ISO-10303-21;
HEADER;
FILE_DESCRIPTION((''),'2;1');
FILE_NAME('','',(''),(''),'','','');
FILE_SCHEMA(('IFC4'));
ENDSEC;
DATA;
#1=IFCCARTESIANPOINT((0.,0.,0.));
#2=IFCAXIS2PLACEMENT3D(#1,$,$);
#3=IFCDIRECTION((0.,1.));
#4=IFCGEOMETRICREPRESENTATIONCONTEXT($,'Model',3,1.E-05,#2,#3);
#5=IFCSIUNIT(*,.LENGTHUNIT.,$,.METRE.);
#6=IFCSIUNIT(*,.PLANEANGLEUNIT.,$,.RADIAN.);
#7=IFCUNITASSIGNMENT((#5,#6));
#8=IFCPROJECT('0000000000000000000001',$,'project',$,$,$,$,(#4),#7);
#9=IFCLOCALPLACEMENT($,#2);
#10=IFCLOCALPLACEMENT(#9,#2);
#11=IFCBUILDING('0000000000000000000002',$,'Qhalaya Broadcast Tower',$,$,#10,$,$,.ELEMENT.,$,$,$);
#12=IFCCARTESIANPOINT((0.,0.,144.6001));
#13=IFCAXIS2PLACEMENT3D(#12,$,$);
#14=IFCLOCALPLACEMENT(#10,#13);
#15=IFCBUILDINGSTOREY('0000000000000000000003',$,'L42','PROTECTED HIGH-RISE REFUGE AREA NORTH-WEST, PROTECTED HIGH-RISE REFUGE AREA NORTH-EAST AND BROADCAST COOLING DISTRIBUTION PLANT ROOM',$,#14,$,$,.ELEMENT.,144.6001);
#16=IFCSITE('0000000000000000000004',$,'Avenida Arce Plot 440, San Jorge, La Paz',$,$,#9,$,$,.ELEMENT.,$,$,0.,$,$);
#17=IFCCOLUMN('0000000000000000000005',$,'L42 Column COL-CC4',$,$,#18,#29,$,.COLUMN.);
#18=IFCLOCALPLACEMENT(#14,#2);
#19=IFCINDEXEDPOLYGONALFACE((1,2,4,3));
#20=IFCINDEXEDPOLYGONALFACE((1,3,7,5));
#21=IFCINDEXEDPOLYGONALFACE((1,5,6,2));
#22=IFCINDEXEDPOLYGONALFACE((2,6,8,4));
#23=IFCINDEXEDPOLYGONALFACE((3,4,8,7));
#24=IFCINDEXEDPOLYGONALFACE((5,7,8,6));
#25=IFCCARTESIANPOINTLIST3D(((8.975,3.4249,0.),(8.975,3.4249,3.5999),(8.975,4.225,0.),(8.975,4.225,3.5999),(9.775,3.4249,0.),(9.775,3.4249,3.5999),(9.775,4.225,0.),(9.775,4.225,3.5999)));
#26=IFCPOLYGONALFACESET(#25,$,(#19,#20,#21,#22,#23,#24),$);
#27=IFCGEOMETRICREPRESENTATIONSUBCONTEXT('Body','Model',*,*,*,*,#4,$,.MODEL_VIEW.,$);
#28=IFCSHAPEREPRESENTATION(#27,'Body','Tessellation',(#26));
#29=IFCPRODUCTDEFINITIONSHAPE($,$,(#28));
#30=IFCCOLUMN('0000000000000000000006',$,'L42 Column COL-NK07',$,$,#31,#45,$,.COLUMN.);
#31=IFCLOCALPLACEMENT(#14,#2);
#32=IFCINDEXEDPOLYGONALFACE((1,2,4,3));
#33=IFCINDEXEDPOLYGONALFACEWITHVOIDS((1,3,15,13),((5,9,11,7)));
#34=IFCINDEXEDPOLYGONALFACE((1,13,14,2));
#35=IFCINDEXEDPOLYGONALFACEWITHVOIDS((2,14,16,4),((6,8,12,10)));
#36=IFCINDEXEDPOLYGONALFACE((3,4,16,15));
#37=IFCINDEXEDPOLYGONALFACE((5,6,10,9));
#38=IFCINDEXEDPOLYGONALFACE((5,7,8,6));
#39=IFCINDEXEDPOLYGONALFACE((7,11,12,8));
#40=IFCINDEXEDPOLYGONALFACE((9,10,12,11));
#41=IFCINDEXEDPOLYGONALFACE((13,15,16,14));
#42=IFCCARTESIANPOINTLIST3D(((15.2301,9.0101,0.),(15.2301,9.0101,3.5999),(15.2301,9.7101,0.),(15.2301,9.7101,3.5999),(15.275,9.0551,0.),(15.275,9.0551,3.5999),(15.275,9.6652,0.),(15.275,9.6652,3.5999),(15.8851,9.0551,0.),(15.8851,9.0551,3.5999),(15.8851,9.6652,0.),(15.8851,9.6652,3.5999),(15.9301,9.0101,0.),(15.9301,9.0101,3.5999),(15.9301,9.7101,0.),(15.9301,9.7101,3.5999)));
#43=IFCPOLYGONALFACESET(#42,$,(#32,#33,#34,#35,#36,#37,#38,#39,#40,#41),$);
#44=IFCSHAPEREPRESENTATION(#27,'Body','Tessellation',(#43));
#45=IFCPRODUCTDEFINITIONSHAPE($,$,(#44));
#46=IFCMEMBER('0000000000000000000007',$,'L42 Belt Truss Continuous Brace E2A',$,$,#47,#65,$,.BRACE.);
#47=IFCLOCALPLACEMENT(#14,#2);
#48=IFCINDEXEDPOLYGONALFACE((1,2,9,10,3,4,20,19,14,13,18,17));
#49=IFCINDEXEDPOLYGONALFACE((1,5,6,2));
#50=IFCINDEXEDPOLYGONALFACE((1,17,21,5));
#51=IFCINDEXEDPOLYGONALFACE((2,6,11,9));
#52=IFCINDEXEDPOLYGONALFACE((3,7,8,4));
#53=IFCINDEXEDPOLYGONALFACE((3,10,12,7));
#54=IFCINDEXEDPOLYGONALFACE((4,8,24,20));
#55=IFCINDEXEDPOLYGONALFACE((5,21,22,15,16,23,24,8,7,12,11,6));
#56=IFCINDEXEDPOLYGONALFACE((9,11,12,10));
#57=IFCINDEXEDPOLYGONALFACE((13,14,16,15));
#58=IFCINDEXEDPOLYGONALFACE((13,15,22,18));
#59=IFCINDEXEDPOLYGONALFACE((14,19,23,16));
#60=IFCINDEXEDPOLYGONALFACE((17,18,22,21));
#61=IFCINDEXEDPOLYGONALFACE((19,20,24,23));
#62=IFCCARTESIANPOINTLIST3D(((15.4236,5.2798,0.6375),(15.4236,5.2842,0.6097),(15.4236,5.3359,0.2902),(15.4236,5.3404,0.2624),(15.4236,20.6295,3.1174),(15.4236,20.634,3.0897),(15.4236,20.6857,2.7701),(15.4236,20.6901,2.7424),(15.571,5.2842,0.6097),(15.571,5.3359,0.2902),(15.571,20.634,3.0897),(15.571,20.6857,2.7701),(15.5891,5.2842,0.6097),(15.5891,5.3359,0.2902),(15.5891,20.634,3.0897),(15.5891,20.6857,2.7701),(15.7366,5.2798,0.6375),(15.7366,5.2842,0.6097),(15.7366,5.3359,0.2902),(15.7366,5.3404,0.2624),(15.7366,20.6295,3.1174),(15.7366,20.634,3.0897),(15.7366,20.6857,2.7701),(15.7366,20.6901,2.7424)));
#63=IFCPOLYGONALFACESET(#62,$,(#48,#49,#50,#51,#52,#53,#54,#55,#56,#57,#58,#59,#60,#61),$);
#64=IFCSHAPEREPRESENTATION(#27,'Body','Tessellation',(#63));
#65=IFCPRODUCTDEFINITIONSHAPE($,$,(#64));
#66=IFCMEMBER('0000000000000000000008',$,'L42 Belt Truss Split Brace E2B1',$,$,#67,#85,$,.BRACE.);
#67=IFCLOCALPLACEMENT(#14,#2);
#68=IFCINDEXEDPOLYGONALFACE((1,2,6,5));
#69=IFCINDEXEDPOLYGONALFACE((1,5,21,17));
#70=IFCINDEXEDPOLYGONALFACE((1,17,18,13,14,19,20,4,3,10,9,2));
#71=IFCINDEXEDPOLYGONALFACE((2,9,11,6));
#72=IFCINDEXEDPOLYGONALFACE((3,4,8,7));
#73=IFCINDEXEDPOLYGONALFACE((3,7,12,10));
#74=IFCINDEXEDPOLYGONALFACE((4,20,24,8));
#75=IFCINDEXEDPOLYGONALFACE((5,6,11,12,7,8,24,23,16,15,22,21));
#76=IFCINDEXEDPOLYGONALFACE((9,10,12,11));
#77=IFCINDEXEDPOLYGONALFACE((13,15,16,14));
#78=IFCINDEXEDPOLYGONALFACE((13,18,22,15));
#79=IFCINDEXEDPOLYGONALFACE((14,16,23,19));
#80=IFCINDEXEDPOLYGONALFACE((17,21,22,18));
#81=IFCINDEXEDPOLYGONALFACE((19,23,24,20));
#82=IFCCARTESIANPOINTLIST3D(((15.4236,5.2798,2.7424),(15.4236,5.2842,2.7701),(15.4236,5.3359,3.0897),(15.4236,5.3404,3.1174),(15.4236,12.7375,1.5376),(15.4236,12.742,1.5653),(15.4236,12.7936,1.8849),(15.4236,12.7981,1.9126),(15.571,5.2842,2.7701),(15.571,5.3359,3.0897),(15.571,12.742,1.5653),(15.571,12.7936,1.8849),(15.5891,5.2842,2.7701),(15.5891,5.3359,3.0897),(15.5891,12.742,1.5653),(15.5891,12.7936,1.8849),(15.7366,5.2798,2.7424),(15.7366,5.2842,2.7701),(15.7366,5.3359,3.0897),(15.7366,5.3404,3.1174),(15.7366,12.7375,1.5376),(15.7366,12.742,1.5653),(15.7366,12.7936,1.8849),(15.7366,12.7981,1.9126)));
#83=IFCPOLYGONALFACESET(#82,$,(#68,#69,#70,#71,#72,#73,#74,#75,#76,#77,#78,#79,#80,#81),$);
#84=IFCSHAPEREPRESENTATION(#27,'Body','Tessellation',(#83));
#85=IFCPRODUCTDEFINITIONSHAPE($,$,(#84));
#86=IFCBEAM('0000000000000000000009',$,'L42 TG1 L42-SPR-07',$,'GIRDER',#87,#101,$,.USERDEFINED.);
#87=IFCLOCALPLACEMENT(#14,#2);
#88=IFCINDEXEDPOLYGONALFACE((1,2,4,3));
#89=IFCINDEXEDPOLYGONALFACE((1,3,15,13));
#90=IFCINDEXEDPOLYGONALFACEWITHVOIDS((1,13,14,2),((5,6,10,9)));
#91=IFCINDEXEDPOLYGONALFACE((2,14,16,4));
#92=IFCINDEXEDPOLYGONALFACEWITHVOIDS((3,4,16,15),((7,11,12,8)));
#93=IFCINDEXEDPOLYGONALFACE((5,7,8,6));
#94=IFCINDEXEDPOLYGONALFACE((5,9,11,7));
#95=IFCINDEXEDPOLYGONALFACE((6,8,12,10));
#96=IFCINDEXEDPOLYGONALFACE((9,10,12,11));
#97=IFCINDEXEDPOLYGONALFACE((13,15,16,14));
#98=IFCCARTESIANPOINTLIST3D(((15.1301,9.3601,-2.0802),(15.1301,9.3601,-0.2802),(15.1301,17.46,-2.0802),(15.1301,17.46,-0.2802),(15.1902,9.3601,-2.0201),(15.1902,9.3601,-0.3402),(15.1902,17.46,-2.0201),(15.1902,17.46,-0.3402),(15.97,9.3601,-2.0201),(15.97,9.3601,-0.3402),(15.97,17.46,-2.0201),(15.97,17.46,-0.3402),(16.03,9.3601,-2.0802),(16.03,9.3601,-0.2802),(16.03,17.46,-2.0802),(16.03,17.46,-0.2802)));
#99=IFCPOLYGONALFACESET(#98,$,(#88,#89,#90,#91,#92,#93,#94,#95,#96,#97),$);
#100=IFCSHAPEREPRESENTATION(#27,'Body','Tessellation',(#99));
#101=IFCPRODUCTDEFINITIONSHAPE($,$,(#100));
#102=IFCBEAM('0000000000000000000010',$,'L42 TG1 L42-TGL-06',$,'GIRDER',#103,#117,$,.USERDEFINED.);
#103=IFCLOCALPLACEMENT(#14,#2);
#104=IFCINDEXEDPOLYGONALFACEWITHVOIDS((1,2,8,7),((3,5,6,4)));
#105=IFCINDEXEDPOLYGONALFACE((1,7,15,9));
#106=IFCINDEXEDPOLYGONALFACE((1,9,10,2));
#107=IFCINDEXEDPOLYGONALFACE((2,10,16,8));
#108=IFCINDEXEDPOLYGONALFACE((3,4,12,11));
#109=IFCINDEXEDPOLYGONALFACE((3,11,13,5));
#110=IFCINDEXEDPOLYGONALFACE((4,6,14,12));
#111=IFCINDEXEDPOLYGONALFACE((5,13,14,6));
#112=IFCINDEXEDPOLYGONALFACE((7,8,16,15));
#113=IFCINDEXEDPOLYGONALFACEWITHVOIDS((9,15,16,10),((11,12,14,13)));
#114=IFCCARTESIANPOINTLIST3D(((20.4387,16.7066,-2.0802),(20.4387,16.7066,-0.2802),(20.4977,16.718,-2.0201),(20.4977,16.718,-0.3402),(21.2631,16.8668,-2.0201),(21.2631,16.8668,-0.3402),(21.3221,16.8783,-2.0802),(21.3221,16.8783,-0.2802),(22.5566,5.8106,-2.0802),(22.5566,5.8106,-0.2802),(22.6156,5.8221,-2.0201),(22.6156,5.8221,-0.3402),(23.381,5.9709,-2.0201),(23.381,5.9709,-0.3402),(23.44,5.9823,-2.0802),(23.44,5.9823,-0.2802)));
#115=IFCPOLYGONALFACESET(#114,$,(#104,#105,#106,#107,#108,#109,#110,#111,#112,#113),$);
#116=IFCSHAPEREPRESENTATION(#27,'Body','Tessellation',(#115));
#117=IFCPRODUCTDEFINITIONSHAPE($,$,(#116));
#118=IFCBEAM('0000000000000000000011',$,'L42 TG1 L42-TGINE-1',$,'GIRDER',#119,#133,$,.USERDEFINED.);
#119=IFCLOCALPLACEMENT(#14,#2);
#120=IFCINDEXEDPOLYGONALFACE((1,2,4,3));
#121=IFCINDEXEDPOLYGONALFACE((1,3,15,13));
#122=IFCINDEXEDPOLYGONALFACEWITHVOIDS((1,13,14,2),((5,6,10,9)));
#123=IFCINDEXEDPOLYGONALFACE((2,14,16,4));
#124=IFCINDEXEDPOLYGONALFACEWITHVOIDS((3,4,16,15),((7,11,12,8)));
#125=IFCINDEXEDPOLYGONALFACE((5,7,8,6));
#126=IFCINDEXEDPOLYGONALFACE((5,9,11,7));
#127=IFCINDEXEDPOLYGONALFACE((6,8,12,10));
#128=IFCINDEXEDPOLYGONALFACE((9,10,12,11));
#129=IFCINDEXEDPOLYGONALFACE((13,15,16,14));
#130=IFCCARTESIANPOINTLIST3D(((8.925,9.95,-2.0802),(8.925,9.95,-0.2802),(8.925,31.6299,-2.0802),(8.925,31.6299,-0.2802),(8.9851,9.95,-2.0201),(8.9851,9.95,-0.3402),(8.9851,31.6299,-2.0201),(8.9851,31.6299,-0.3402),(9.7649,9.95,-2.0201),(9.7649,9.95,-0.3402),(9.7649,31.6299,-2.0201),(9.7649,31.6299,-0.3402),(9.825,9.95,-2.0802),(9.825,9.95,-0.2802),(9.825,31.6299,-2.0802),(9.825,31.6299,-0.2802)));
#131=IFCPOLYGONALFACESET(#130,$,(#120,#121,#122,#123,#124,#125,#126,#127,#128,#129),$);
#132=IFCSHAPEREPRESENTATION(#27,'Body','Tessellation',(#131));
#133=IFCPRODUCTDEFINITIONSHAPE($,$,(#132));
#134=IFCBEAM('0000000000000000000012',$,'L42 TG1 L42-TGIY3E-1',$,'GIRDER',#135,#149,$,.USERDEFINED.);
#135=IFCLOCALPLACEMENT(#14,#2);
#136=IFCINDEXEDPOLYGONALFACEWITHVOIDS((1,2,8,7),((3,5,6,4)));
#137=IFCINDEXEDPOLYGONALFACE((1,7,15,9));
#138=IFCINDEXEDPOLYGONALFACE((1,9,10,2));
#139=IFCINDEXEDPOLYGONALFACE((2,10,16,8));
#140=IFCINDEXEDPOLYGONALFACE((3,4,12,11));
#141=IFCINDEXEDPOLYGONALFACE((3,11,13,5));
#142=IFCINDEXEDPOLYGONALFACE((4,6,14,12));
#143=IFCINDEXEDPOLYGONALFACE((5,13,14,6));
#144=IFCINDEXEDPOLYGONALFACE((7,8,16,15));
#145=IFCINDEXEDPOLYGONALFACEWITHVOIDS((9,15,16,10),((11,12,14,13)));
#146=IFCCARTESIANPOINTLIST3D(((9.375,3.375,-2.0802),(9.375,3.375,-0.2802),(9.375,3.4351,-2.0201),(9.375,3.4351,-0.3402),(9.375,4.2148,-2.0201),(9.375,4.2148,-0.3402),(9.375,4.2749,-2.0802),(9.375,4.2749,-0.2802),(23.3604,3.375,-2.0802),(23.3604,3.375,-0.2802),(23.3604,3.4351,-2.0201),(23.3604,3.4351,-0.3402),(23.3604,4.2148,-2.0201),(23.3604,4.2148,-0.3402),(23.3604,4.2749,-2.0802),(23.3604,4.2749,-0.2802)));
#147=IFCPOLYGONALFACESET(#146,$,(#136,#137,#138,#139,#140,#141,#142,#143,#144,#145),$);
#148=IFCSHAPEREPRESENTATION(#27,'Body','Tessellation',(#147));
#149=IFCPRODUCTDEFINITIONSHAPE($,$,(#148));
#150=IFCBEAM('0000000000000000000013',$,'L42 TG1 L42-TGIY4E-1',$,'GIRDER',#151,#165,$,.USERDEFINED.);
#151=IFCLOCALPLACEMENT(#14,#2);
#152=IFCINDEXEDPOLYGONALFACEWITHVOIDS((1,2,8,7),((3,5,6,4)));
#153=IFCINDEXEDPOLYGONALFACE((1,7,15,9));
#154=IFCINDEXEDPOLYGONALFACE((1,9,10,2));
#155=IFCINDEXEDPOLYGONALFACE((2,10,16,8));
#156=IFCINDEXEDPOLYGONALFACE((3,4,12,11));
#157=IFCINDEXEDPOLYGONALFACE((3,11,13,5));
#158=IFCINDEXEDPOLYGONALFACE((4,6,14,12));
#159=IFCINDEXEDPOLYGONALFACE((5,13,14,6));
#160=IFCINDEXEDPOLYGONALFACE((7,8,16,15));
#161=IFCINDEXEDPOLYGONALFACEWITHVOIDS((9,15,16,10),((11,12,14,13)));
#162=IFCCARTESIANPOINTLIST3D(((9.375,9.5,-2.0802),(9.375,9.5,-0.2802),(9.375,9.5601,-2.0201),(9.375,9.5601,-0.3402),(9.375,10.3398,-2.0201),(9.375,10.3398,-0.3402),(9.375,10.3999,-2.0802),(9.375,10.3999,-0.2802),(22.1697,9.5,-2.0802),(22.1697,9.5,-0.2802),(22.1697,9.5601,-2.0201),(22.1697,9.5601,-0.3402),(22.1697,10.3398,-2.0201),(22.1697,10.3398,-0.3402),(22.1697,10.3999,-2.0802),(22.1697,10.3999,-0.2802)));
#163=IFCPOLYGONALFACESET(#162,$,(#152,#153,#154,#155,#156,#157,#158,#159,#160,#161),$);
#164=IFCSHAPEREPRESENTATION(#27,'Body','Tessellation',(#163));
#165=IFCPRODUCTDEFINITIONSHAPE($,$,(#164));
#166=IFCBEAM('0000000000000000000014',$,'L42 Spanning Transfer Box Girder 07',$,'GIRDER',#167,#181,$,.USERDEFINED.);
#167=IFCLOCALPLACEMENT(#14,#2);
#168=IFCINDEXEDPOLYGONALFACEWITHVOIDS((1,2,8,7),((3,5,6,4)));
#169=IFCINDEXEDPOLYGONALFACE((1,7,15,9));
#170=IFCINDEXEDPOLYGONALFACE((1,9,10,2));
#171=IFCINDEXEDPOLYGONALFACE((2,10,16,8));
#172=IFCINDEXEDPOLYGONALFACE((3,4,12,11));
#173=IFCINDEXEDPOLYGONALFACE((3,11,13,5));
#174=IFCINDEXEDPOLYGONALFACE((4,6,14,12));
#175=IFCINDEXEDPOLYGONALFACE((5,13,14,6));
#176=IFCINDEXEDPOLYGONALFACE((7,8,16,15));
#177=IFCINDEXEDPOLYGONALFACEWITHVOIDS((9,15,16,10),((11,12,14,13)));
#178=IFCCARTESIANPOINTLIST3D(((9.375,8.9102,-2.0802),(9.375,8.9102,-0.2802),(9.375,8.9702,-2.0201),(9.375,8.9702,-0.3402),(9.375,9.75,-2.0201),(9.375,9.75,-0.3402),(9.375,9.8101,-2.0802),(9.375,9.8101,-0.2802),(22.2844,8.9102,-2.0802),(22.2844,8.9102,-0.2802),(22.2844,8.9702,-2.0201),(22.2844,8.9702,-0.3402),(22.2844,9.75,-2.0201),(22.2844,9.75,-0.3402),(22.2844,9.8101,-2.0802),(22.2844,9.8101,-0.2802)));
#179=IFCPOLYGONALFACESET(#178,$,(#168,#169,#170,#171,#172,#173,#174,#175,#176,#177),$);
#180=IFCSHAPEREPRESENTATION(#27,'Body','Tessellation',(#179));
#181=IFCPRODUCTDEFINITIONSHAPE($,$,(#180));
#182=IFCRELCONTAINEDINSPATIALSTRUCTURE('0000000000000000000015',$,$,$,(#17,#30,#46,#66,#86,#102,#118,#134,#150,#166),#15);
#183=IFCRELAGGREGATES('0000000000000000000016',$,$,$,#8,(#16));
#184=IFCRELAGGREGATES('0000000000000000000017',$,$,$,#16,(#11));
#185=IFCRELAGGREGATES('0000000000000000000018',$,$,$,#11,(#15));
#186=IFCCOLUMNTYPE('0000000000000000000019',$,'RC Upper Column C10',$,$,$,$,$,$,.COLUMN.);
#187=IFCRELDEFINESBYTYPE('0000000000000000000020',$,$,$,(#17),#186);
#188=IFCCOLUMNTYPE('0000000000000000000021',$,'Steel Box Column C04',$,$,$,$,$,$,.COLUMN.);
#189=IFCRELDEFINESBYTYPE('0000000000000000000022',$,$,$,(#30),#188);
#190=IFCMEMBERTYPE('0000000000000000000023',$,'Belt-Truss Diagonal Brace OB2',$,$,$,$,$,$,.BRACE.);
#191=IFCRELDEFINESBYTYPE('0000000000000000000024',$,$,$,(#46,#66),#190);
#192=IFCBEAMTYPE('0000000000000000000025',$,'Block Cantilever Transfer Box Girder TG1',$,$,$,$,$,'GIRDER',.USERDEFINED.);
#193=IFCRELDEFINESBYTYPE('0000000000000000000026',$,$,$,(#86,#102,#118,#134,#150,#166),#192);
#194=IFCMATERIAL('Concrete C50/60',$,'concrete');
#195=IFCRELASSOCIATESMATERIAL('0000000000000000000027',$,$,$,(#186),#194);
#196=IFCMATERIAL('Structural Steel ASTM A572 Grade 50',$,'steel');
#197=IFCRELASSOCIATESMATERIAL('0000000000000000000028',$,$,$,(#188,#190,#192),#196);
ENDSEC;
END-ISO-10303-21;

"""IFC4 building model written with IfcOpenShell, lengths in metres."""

from ifc_helpers import new_model, si_unit, direction, frame, origin, origin_2d, place, context, subcontext, project, spatial, rectangle, hollow_rectangle, i_section, extrude, material, material_profile, profile_set, type_object, element, save


model = new_model("IFC4")

# Units and contexts
model_context = context("Model", 3, precision=1e-05, world=origin(), true_north=direction((0.0, 1.0)))
body_context = subcontext(model_context, "Body", "Model", "MODEL_VIEW")
ifc_project = project(units=[si_unit("LENGTHUNIT", "METRE"), si_unit("PLANEANGLEUNIT", "RADIAN")], contexts=[model_context])

# Site, building, storey
site_placement = place(None, origin())
site = spatial("IfcSite", under=ifc_project, at=site_placement, Name="Avenida Arce Plot 440, San Jorge, La Paz", CompositionType="ELEMENT", RefElevation=0.0)
building_placement = place(site_placement, origin())
building = spatial("IfcBuilding", under=site, at=building_placement, Name="Qhalaya Broadcast Tower", CompositionType="ELEMENT")
storey_placement = place(building_placement, frame((0.0, 0.0, 144.6001)))
storey = spatial("IfcBuildingStorey", under=building, at=storey_placement, Name="L42", Description="PROTECTED HIGH-RISE REFUGE AREA NORTH-WEST, PROTECTED HIGH-RISE REFUGE AREA NORTH-EAST AND BROADCAST COOLING DISTRIBUTION PLANT ROOM", CompositionType="ELEMENT", Elevation=144.6001)

# Columns
ifc_material_1 = material(Name="Concrete C50/60", Category="concrete")
ifc_material_profile_1 = material_profile(ifc_material_1, rectangle(XDim=0.8, YDim=0.8, at=origin_2d()), Name="RC-COL 800x800")
ifc_profile_set_1 = profile_set([ifc_material_profile_1], Name="Concrete C50/60")
column_type_1 = type_object("IfcColumnType", Name="RC Upper Column C10", PredefinedType="COLUMN", material=ifc_profile_set_1)
column_1_placement = place(storey_placement, frame((9.375, 3.825, 0.0), z_axis=(0.0, 0.0, 1.0), x_axis=(1.0, 0.0, 0.0)))
element("IfcColumn", 1, at=column_1_placement, inside=storey, type_object=column_type_1, Name="L42 Column COL-CC4", PredefinedType="COLUMN", context=body_context, shape_type="SweptSolid", body=[
    extrude(rectangle(XDim=0.8, YDim=0.8, at=origin_2d()), origin(), (0.0, 0.0, 1.0), 3.5999),
])
ifc_material_2 = material(Name="Structural Steel ASTM A572 Grade 50", Category="steel")
ifc_material_profile_2 = material_profile(ifc_material_2, hollow_rectangle(XDim=0.7, YDim=0.7, WallThickness=0.0449, at=origin_2d()), Name="BOX 700x700x45")
ifc_profile_set_2 = profile_set([ifc_material_profile_2], Name="Structural Steel ASTM A572 Grade 50")
column_type_2 = type_object("IfcColumnType", Name="Steel Box Column C04", PredefinedType="COLUMN", material=ifc_profile_set_2)
column_2_placement = place(storey_placement, frame((15.5801, 9.3601, 0.0), z_axis=(0.0, 0.0, 1.0), x_axis=(0.0, 1.0, 0.0)))
element("IfcColumn", 2, at=column_2_placement, inside=storey, type_object=column_type_2, Name="L42 Column COL-NK07", PredefinedType="COLUMN", context=body_context, shape_type="SweptSolid", body=[
    extrude(hollow_rectangle(XDim=0.7, YDim=0.7, WallThickness=0.0449, at=origin_2d()), origin(), (0.0, 0.0, 1.0), 3.5999),
])

# Members
ifc_material_profile_3 = material_profile(ifc_material_2, i_section(OverallWidth=0.313, OverallDepth=0.3799, WebThickness=0.0181, FlangeThickness=0.0281, at=origin_2d()), Name="W12X120")
ifc_profile_set_3 = profile_set([ifc_material_profile_3], Name="Structural Steel ASTM A572 Grade 50")
member_type = type_object("IfcMemberType", Name="Belt-Truss Diagonal Brace OB2", PredefinedType="BRACE", material=ifc_profile_set_3)
member_1_placement = place(storey_placement, frame((15.5801, 5.3101, 0.45), z_axis=(0.0, 0.987199, 0.159496), x_axis=(-1.0, 0.0, 0.0)))
element("IfcMember", 3, at=member_1_placement, inside=storey, type_object=member_type, Name="L42 Belt Truss Continuous Brace E2A", PredefinedType="BRACE", context=body_context, shape_type="SweptSolid", body=[
    extrude(i_section(OverallWidth=0.313, OverallDepth=0.3799, WebThickness=0.0181, FlangeThickness=0.0281, at=origin_2d()), origin(), (0.0, 0.0, 1.0), 15.5488),
])
member_2_placement = place(storey_placement, frame((15.5801, 5.3101, 2.9299), z_axis=(0.0, 0.9872, -0.159486), x_axis=(-1.0, 0.0, 0.0)))
element("IfcMember", 4, at=member_2_placement, inside=storey, type_object=member_type, Name="L42 Belt Truss Split Brace E2B1", PredefinedType="BRACE", context=body_context, shape_type="SweptSolid", body=[
    extrude(i_section(OverallWidth=0.313, OverallDepth=0.3799, WebThickness=0.0181, FlangeThickness=0.0281, at=origin_2d()), origin(), (0.0, 0.0, 1.0), 7.5544),
])

# Beams
ifc_material_profile_4 = material_profile(ifc_material_2, hollow_rectangle(XDim=0.8999, YDim=1.8, WallThickness=0.0601, at=origin_2d()), Name="BOX 900x1800x60")
ifc_profile_set_4 = profile_set([ifc_material_profile_4], Name="Structural Steel ASTM A572 Grade 50")
beam_type_1 = type_object("IfcBeamType", Name="Block Cantilever Transfer Box Girder TG1", ElementType="GIRDER", PredefinedType="USERDEFINED", material=ifc_profile_set_4)
beam_1_placement = place(storey_placement, frame((15.5801, 9.3601, -1.1802), z_axis=(0.0, 1.0, 0.0), x_axis=(-1.0, 0.0, 0.0)))
element("IfcBeam", 5, at=beam_1_placement, inside=storey, type_object=beam_type_1, Name="L42 TG1 L42-SPR-07", ObjectType="GIRDER", PredefinedType="USERDEFINED", context=body_context, shape_type="SweptSolid", body=[
    extrude(hollow_rectangle(XDim=0.8999, YDim=1.8, WallThickness=0.0601, at=origin_2d()), origin(), (0.0, 0.0, 1.0), 8.0999),
])
beam_2_placement = place(storey_placement, frame((22.9983, 5.8965, -1.1802), z_axis=(-0.190805, 0.981628, 0.0), x_axis=(-0.981628, -0.190805, 0.0)))
element("IfcBeam", 6, at=beam_2_placement, inside=storey, type_object=beam_type_1, Name="L42 TG1 L42-TGL-06", ObjectType="GIRDER", PredefinedType="USERDEFINED", context=body_context, shape_type="SweptSolid", body=[
    extrude(hollow_rectangle(XDim=0.8999, YDim=1.8, WallThickness=0.0601, at=origin_2d()), origin(), (0.0, 0.0, 1.0), 11.0999),
])
beam_3_placement = place(storey_placement, frame((9.375, 9.95, -1.1802), z_axis=(0.0, 1.0, 0.0), x_axis=(-1.0, 0.0, 0.0)))
element("IfcBeam", 7, at=beam_3_placement, inside=storey, type_object=beam_type_1, Name="L42 TG1 L42-TGINE-1", ObjectType="GIRDER", PredefinedType="USERDEFINED", context=body_context, shape_type="SweptSolid", body=[
    extrude(hollow_rectangle(XDim=0.8999, YDim=1.8, WallThickness=0.0601, at=origin_2d()), origin(), (0.0, 0.0, 1.0), 21.6799),
])
beam_4_placement = place(storey_placement, frame((9.375, 3.825, -1.1802), z_axis=(1.0, 0.0, 0.0), x_axis=(0.0, 1.0, 0.0)))
element("IfcBeam", 8, at=beam_4_placement, inside=storey, type_object=beam_type_1, Name="L42 TG1 L42-TGIY3E-1", ObjectType="GIRDER", PredefinedType="USERDEFINED", context=body_context, shape_type="SweptSolid", body=[
    extrude(hollow_rectangle(XDim=0.8999, YDim=1.8, WallThickness=0.0601, at=origin_2d()), origin(), (0.0, 0.0, 1.0), 13.9854),
])
beam_5_placement = place(storey_placement, frame((9.375, 9.95, -1.1802), z_axis=(1.0, 0.0, 0.0), x_axis=(0.0, 1.0, 0.0)))
element("IfcBeam", 9, at=beam_5_placement, inside=storey, type_object=beam_type_1, Name="L42 TG1 L42-TGIY4E-1", ObjectType="GIRDER", PredefinedType="USERDEFINED", context=body_context, shape_type="SweptSolid", body=[
    extrude(hollow_rectangle(XDim=0.8999, YDim=1.8, WallThickness=0.0601, at=origin_2d()), origin(), (0.0, 0.0, 1.0), 12.7947),
])
beam_6_placement = place(storey_placement, frame((9.375, 9.3601, -1.1802), z_axis=(1.0, 0.0, 0.0), x_axis=(0.0, 1.0, 0.0)))
element("IfcBeam", 10, at=beam_6_placement, inside=storey, type_object=beam_type_1, Name="L42 Spanning Transfer Box Girder 07", ObjectType="GIRDER", PredefinedType="USERDEFINED", context=body_context, shape_type="SweptSolid", body=[
    extrude(hollow_rectangle(XDim=0.8999, YDim=1.8, WallThickness=0.0601, at=origin_2d()), origin(), (0.0, 0.0, 1.0), 12.9094),
])

save(model, "model.ifc")
